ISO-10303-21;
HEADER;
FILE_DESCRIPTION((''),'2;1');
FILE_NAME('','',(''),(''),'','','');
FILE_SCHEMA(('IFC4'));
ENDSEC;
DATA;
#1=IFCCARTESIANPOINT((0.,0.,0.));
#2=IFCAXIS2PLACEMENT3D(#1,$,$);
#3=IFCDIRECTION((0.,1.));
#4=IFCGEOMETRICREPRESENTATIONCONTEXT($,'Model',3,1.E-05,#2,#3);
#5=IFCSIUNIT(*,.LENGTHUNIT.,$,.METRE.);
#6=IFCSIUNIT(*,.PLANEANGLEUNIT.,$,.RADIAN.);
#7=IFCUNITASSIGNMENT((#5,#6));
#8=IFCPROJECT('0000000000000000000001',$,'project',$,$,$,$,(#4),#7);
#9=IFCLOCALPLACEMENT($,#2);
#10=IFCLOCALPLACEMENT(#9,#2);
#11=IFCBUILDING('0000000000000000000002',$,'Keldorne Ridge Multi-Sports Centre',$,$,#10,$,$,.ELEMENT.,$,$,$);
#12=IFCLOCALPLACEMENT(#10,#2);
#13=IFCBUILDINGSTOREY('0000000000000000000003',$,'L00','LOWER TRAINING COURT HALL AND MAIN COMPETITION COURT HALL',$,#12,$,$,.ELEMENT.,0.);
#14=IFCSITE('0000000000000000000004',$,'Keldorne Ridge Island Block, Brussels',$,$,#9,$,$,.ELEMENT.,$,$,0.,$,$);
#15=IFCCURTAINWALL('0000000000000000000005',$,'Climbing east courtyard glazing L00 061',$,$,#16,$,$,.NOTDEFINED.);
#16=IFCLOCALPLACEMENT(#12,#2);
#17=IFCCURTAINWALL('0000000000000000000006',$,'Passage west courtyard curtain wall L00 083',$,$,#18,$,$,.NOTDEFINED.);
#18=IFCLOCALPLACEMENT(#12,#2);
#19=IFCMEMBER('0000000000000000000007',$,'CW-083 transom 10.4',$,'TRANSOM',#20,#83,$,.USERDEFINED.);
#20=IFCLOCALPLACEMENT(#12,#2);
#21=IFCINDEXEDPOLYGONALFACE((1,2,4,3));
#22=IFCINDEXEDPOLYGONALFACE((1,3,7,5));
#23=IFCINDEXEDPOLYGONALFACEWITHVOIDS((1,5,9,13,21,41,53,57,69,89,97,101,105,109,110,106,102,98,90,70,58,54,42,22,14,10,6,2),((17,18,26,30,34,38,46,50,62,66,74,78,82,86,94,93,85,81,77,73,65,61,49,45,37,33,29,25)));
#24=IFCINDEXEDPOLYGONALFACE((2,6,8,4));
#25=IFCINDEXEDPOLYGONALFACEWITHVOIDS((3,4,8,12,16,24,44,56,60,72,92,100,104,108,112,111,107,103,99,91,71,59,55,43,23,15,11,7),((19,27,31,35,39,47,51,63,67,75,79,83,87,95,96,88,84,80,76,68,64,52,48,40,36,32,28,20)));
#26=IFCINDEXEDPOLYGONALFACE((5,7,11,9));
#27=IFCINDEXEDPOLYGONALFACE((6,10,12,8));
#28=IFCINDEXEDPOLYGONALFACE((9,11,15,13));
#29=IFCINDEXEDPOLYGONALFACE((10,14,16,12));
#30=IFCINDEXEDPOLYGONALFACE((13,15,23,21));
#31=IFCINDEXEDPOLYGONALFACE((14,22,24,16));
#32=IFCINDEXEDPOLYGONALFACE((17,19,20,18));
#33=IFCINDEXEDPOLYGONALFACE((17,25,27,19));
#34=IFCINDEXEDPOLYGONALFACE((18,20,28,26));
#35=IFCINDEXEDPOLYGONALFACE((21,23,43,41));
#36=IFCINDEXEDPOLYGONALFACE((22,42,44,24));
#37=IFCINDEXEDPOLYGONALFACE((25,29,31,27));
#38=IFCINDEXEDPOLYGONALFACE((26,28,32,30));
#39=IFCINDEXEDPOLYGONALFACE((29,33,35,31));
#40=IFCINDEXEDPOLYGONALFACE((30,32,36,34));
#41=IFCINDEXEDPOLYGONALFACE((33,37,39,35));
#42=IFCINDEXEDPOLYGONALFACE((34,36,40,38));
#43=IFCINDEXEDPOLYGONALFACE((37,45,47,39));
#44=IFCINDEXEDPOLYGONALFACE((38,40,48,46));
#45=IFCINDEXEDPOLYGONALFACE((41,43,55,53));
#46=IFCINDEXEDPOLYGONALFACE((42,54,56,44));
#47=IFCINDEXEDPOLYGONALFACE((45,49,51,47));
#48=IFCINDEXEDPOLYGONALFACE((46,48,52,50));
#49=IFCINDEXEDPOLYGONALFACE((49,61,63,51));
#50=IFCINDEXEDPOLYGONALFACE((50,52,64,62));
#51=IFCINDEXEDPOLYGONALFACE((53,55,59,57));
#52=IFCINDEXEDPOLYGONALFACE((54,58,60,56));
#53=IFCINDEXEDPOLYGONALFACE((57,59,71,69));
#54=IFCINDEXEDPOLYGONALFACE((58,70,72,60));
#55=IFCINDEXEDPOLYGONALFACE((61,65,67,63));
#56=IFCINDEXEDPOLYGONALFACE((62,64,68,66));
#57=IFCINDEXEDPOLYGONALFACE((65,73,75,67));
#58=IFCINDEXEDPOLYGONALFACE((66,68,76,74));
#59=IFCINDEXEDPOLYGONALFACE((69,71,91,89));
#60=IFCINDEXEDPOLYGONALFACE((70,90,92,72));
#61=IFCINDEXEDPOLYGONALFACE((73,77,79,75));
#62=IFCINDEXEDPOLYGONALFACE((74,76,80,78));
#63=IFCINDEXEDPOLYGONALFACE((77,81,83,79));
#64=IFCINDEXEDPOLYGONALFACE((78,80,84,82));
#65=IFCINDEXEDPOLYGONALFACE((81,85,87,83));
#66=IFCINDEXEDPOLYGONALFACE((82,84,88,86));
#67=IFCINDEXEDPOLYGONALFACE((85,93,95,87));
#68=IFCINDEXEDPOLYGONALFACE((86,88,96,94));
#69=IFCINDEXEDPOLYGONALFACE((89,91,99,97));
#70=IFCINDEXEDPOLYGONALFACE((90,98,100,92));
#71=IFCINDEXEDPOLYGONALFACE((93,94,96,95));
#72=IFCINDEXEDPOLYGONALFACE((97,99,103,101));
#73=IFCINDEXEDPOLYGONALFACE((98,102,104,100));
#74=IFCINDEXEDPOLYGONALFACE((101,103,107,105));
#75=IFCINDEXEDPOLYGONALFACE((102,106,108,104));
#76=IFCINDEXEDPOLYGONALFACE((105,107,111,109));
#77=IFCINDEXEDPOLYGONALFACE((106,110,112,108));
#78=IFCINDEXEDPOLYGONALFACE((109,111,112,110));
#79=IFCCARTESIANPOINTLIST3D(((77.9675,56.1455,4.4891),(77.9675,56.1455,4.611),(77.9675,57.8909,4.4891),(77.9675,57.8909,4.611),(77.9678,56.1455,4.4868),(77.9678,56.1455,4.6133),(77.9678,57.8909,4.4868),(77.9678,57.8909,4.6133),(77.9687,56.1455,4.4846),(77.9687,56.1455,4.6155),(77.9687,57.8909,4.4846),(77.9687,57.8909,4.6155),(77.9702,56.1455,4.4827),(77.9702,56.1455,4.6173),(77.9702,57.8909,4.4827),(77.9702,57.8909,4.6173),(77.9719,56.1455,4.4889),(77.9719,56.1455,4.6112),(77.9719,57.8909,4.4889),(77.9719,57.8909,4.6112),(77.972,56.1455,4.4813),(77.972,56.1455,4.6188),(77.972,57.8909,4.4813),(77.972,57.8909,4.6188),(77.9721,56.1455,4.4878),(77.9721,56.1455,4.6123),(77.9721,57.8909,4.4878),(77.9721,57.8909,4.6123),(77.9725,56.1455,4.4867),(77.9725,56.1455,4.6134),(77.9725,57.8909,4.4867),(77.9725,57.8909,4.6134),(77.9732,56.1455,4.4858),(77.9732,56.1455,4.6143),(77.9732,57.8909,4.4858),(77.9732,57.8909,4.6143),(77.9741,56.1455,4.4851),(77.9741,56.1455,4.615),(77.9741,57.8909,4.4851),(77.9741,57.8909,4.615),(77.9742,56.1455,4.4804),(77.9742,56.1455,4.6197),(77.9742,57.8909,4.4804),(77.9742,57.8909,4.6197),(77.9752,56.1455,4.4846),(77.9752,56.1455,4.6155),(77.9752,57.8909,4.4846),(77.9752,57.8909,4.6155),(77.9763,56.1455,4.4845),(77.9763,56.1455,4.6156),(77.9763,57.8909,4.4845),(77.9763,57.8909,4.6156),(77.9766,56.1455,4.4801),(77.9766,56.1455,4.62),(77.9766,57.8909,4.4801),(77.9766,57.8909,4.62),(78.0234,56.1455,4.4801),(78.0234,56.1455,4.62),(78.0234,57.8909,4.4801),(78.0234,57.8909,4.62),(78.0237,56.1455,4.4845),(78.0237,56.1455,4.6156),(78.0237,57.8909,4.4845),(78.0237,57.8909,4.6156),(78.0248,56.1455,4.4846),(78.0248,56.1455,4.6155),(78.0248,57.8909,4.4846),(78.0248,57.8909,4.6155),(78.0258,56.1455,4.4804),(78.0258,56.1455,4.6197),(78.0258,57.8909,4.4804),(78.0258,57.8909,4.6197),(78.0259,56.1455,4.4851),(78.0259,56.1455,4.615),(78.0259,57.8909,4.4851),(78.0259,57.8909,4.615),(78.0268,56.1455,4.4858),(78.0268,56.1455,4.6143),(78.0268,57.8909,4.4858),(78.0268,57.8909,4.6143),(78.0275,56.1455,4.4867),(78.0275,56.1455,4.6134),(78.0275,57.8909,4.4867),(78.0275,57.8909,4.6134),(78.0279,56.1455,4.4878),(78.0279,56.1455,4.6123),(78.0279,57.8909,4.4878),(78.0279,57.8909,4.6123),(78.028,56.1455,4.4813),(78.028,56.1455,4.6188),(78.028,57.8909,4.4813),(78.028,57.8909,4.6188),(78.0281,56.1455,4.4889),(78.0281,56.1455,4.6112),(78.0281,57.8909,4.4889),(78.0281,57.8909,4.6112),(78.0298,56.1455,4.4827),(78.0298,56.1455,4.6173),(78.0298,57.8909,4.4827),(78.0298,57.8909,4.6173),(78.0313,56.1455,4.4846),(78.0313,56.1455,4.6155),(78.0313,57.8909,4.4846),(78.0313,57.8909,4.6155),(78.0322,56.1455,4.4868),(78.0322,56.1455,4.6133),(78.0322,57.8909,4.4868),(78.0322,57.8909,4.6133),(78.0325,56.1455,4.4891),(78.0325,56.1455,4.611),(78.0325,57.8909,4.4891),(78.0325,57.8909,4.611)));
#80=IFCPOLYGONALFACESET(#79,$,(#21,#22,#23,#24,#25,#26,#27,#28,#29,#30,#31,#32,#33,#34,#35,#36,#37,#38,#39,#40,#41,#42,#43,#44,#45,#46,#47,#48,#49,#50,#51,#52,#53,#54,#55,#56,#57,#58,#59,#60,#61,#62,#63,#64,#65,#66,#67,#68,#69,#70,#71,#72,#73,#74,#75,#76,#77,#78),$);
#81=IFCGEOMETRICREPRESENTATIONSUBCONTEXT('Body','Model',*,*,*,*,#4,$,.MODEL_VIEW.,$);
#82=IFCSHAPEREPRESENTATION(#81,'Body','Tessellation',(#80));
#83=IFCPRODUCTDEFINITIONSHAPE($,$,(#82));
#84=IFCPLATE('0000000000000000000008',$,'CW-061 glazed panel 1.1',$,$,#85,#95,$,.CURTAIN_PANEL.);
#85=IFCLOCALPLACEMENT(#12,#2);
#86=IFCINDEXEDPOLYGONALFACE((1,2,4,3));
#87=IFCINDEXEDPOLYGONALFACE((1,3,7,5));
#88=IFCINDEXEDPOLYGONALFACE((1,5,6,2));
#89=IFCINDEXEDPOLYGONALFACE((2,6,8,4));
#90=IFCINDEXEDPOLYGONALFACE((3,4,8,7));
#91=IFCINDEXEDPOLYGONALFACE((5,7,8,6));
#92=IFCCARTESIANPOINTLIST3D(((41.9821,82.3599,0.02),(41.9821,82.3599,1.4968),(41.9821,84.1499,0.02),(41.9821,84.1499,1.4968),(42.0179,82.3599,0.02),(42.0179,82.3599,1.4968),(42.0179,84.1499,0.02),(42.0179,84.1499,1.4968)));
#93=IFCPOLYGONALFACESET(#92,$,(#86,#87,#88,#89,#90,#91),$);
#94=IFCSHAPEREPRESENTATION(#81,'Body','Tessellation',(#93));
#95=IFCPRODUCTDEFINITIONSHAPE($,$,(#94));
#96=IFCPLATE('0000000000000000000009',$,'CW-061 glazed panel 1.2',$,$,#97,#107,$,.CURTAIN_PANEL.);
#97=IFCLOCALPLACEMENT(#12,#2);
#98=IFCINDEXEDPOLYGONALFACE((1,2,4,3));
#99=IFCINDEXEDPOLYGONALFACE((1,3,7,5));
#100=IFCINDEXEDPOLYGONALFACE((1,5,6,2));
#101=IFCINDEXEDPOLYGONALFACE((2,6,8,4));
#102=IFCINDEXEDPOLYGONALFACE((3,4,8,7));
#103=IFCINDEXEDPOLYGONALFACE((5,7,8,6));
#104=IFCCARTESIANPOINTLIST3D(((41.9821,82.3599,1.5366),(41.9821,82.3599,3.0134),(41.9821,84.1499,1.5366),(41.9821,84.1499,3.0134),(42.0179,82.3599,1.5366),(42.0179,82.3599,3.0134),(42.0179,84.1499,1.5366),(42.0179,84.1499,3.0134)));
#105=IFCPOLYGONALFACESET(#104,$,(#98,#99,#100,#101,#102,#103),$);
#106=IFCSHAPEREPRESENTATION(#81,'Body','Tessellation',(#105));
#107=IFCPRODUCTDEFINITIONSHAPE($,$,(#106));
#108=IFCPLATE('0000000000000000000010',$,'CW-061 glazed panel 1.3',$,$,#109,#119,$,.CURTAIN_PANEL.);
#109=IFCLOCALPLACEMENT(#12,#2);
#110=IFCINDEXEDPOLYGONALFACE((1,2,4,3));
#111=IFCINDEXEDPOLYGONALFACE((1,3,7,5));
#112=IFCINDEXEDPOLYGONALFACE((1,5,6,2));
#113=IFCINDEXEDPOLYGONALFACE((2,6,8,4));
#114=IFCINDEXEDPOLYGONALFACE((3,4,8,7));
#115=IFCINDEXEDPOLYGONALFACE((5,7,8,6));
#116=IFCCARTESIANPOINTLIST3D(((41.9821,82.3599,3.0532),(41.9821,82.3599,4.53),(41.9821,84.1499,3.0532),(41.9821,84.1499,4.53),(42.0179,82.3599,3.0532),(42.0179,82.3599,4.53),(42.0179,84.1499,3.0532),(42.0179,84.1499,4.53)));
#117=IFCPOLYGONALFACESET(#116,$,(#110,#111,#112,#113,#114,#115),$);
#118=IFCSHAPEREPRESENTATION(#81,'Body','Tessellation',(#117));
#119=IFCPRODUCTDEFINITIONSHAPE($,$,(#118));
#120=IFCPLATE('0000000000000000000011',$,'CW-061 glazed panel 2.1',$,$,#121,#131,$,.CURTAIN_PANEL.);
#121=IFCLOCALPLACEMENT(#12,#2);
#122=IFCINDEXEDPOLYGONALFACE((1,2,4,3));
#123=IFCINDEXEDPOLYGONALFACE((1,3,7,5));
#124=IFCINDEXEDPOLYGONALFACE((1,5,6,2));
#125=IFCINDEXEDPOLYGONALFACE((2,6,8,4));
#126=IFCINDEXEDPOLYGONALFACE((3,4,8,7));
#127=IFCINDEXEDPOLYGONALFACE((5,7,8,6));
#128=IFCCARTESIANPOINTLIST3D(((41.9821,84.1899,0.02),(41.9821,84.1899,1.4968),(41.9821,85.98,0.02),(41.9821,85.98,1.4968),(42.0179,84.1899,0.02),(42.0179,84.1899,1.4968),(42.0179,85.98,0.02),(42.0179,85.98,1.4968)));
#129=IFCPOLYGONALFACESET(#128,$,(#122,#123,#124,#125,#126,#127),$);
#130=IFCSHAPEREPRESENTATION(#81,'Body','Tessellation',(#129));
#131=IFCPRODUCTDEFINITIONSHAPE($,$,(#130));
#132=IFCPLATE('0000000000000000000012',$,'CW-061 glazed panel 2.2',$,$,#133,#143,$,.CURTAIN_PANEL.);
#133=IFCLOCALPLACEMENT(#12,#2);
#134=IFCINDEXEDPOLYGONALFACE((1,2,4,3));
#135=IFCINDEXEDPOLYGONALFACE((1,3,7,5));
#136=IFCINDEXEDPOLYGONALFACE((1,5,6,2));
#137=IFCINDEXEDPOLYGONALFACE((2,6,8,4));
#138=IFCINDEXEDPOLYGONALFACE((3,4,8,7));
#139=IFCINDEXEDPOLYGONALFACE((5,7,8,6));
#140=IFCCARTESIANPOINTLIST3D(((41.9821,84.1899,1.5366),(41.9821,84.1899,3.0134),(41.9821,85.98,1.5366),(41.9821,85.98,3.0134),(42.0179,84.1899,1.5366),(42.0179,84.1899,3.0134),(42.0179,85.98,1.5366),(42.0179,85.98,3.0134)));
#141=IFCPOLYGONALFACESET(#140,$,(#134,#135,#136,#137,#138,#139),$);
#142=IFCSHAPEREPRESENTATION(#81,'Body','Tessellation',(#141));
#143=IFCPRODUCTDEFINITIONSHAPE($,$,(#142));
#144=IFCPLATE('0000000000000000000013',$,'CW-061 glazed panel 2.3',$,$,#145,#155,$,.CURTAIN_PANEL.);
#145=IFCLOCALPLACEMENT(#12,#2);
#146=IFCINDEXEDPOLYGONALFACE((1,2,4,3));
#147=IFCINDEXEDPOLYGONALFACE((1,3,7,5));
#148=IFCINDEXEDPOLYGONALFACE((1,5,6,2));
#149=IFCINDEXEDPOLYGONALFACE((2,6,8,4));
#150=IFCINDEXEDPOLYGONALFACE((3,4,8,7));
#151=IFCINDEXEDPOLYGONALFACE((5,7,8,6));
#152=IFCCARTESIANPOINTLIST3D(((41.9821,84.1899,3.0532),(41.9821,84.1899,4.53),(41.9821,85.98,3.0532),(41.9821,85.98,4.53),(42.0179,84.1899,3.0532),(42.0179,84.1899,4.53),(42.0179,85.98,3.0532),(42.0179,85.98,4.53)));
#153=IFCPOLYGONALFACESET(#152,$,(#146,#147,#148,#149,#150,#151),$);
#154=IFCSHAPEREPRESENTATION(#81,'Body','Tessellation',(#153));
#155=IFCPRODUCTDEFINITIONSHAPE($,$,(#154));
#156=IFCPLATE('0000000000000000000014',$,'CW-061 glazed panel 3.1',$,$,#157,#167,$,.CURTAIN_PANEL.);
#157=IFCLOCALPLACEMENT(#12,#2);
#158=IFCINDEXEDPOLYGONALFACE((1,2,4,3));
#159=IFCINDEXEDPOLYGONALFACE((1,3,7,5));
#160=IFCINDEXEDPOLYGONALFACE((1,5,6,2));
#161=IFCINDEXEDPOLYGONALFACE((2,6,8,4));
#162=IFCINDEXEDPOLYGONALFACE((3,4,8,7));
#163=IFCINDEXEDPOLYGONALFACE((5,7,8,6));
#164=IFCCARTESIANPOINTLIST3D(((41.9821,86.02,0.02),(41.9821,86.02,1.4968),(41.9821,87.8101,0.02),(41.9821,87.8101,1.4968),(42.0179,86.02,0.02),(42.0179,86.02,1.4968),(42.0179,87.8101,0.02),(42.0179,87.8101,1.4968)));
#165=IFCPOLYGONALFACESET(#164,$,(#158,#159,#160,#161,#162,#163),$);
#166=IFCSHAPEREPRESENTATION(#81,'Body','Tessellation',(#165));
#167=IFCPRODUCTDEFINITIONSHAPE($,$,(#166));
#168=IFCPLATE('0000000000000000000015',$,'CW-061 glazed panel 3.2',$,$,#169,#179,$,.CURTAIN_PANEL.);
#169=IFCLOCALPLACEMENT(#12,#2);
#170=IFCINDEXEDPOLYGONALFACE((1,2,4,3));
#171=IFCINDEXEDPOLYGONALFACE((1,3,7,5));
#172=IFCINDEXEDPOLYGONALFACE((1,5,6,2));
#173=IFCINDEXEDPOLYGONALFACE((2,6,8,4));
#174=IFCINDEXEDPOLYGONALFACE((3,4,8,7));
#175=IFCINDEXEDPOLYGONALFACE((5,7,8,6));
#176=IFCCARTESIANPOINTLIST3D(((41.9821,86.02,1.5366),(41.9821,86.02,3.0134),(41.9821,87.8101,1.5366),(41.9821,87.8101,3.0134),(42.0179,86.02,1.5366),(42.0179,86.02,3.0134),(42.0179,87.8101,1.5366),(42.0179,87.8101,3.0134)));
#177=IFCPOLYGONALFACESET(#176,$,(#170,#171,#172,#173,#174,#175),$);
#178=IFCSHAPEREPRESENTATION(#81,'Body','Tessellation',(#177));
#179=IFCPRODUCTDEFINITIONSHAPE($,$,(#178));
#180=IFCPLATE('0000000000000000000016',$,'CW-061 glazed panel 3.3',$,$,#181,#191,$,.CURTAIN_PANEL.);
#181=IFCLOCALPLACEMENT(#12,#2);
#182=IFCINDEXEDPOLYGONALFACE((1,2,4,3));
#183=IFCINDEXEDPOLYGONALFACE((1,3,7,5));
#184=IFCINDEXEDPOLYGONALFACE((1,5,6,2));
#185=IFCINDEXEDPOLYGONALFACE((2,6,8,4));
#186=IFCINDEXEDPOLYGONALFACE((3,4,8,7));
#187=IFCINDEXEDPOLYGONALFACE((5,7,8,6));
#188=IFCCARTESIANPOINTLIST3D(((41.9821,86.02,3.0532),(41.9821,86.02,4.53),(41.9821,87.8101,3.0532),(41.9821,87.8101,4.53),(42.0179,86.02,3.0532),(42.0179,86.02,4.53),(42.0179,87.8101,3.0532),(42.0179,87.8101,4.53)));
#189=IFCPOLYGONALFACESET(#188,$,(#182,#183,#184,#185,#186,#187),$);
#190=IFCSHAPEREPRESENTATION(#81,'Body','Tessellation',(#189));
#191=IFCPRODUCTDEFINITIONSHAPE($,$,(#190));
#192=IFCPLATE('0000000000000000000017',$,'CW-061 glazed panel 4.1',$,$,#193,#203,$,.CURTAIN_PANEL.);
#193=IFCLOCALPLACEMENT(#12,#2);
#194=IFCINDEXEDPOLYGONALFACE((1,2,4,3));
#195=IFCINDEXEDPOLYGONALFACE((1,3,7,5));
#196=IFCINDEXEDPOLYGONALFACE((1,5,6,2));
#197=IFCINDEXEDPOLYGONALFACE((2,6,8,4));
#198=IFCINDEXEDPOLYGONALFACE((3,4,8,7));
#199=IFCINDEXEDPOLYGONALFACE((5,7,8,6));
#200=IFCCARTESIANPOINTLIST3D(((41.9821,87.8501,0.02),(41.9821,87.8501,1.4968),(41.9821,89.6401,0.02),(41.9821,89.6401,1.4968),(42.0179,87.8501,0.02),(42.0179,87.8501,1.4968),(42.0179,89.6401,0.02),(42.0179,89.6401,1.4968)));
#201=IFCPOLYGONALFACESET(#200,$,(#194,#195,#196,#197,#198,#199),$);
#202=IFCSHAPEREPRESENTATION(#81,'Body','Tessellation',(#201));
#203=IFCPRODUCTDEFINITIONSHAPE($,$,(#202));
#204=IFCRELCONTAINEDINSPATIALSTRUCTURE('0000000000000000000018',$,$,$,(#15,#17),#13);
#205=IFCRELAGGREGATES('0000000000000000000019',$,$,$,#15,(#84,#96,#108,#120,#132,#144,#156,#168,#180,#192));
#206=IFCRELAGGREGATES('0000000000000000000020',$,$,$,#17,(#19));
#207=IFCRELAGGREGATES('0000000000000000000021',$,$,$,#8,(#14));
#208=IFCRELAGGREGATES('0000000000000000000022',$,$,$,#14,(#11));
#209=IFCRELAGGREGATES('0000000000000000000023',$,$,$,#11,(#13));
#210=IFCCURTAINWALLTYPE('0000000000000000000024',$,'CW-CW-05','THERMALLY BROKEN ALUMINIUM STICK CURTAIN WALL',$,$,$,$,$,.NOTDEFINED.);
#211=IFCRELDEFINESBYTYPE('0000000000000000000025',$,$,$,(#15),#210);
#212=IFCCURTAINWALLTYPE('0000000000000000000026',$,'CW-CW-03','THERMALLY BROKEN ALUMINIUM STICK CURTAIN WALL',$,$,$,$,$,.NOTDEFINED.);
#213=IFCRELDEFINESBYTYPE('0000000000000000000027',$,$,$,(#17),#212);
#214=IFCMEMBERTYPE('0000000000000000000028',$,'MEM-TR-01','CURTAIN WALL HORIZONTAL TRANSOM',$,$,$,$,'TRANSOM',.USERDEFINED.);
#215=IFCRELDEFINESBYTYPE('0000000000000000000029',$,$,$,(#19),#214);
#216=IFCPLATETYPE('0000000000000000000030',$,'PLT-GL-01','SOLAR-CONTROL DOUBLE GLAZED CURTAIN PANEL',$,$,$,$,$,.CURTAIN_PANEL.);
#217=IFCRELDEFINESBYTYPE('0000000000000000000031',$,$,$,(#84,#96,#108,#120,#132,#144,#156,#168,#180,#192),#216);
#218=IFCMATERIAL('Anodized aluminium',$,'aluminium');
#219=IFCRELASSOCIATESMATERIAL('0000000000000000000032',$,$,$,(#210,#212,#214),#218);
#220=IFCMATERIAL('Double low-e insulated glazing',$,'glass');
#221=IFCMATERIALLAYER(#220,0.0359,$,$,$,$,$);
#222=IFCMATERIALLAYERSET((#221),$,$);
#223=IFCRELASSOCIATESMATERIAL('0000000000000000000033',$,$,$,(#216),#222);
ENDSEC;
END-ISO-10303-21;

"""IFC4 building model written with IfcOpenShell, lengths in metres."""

from ifc_helpers import new_model, si_unit, direction, frame, origin, origin_2d, place, context, subcontext, project, spatial, rectangle, hollow_rectangle, extrude, material, layer, layer_set, material_profile, profile_set, type_object, element, aggregate, save


model = new_model("IFC4")

# Units and contexts
model_context = context("Model", 3, precision=1e-05, world=origin(), true_north=direction((0.0, 1.0)))
body_context = subcontext(model_context, "Body", "Model", "MODEL_VIEW")
ifc_project = project(units=[si_unit("LENGTHUNIT", "METRE"), si_unit("PLANEANGLEUNIT", "RADIAN")], contexts=[model_context])

# Site, building, storey
site_placement = place(None, origin())
site = spatial("IfcSite", under=ifc_project, at=site_placement, Name="Keldorne Ridge Island Block, Brussels", CompositionType="ELEMENT", RefElevation=0.0)
building_placement = place(site_placement, origin())
building = spatial("IfcBuilding", under=site, at=building_placement, Name="Keldorne Ridge Multi-Sports Centre", CompositionType="ELEMENT")
storey_placement = place(building_placement, origin())
storey = spatial("IfcBuildingStorey", under=building, at=storey_placement, Name="L00", Description="LOWER TRAINING COURT HALL AND MAIN COMPETITION COURT HALL", CompositionType="ELEMENT", Elevation=0.0)

# Curtain wall
ifc_material_1 = material(Name="Anodized aluminium", Category="aluminium")
curtain_wall_type_1 = type_object("IfcCurtainWallType", Name="CW-CW-05", Description="THERMALLY BROKEN ALUMINIUM STICK CURTAIN WALL", PredefinedType="NOTDEFINED", material=ifc_material_1)
curtain_wall_1_placement = place(storey_placement, origin())
curtain_wall_1 = element("IfcCurtainWall", 1, at=curtain_wall_1_placement, inside=storey, type_object=curtain_wall_type_1, Name="Climbing east courtyard glazing L00 061", PredefinedType="NOTDEFINED")
ifc_material_profile_1 = material_profile(ifc_material_1, hollow_rectangle(XDim=0.0649, YDim=0.1399, WallThickness=0.0044, InnerFilletRadius=0.0044, OuterFilletRadius=0.009, at=origin_2d()), Name="ALU TRANSOM 140x65x4.5")
ifc_profile_set_1 = profile_set([ifc_material_profile_1], Name="Anodized aluminium")
member_type_1 = type_object("IfcMemberType", Name="MEM-TR-01", Description="CURTAIN WALL HORIZONTAL TRANSOM", ElementType="TRANSOM", PredefinedType="USERDEFINED", material=ifc_profile_set_1)

# Curtain wall, member
curtain_wall_type_2 = type_object("IfcCurtainWallType", Name="CW-CW-03", Description="THERMALLY BROKEN ALUMINIUM STICK CURTAIN WALL", PredefinedType="NOTDEFINED", material=ifc_material_1)
curtain_wall_2_placement = place(storey_placement, origin())
curtain_wall_2 = element("IfcCurtainWall", 2, at=curtain_wall_2_placement, inside=storey, type_object=curtain_wall_type_2, Name="Passage west courtyard curtain wall L00 083", PredefinedType="NOTDEFINED")
member_1_placement = place(storey_placement, frame((78.0, 57.8909, 4.55), z_axis=(0.0, -1.0, 0.0), x_axis=(1.0, 0.0, 0.0)))
member_1 = element("IfcMember", 3, at=member_1_placement, type_object=member_type_1, Name="CW-083 transom 10.4", ObjectType="TRANSOM", PredefinedType="USERDEFINED", context=body_context, shape_type="SweptSolid", body=[
    extrude(hollow_rectangle(XDim=0.0649, YDim=0.1399, WallThickness=0.0044, InnerFilletRadius=0.0044, OuterFilletRadius=0.009, at=origin_2d()), origin(), (0.0, 0.0, 1.0), 1.7454),
])

# Plates
ifc_material_2 = material(Name="Double low-e insulated glazing", Category="glass")
ifc_layer = layer(ifc_material_2, 0.0359)
ifc_layer_set = layer_set([ifc_layer])
plate_type = type_object("IfcPlateType", Name="PLT-GL-01", Description="SOLAR-CONTROL DOUBLE GLAZED CURTAIN PANEL", PredefinedType="CURTAIN_PANEL", material=ifc_layer_set)
plate_1_placement = place(storey_placement, frame((42.0, 83.2549, 0.02), z_axis=(0.0, 0.0, 1.0), x_axis=(0.0, 1.0, 0.0)))
plate_1 = element("IfcPlate", 4, at=plate_1_placement, type_object=plate_type, Name="CW-061 glazed panel 1.1", PredefinedType="CURTAIN_PANEL", context=body_context, shape_type="SweptSolid", body=[
    extrude(rectangle(XDim=1.79, YDim=0.0359, at=origin_2d()), origin(), (0.0, 0.0, 1.0), 1.4768),
])
plate_2_placement = place(storey_placement, frame((42.0, 83.2549, 1.5366), z_axis=(0.0, 0.0, 1.0), x_axis=(0.0, 1.0, 0.0)))
plate_2 = element("IfcPlate", 5, at=plate_2_placement, type_object=plate_type, Name="CW-061 glazed panel 1.2", PredefinedType="CURTAIN_PANEL", context=body_context, shape_type="SweptSolid", body=[
    extrude(rectangle(XDim=1.79, YDim=0.0359, at=origin_2d()), origin(), (0.0, 0.0, 1.0), 1.4768),
])
plate_3_placement = place(storey_placement, frame((42.0, 83.2549, 3.0532), z_axis=(0.0, 0.0, 1.0), x_axis=(0.0, 1.0, 0.0)))
plate_3 = element("IfcPlate", 6, at=plate_3_placement, type_object=plate_type, Name="CW-061 glazed panel 1.3", PredefinedType="CURTAIN_PANEL", context=body_context, shape_type="SweptSolid", body=[
    extrude(rectangle(XDim=1.79, YDim=0.0359, at=origin_2d()), origin(), (0.0, 0.0, 1.0), 1.4768),
])
plate_4_placement = place(storey_placement, frame((42.0, 85.085, 0.02), z_axis=(0.0, 0.0, 1.0), x_axis=(0.0, 1.0, 0.0)))
plate_4 = element("IfcPlate", 7, at=plate_4_placement, type_object=plate_type, Name="CW-061 glazed panel 2.1", PredefinedType="CURTAIN_PANEL", context=body_context, shape_type="SweptSolid", body=[
    extrude(rectangle(XDim=1.79, YDim=0.0359, at=origin_2d()), origin(), (0.0, 0.0, 1.0), 1.4768),
])
plate_5_placement = place(storey_placement, frame((42.0, 85.085, 1.5366), z_axis=(0.0, 0.0, 1.0), x_axis=(0.0, 1.0, 0.0)))
plate_5 = element("IfcPlate", 8, at=plate_5_placement, type_object=plate_type, Name="CW-061 glazed panel 2.2", PredefinedType="CURTAIN_PANEL", context=body_context, shape_type="SweptSolid", body=[
    extrude(rectangle(XDim=1.79, YDim=0.0359, at=origin_2d()), origin(), (0.0, 0.0, 1.0), 1.4768),
])
plate_6_placement = place(storey_placement, frame((42.0, 85.085, 3.0532), z_axis=(0.0, 0.0, 1.0), x_axis=(0.0, 1.0, 0.0)))
plate_6 = element("IfcPlate", 9, at=plate_6_placement, type_object=plate_type, Name="CW-061 glazed panel 2.3", PredefinedType="CURTAIN_PANEL", context=body_context, shape_type="SweptSolid", body=[
    extrude(rectangle(XDim=1.79, YDim=0.0359, at=origin_2d()), origin(), (0.0, 0.0, 1.0), 1.4768),
])
plate_7_placement = place(storey_placement, frame((42.0, 86.915, 0.02), z_axis=(0.0, 0.0, 1.0), x_axis=(0.0, 1.0, 0.0)))
plate_7 = element("IfcPlate", 10, at=plate_7_placement, type_object=plate_type, Name="CW-061 glazed panel 3.1", PredefinedType="CURTAIN_PANEL", context=body_context, shape_type="SweptSolid", body=[
    extrude(rectangle(XDim=1.79, YDim=0.0359, at=origin_2d()), origin(), (0.0, 0.0, 1.0), 1.4768),
])
plate_8_placement = place(storey_placement, frame((42.0, 86.915, 1.5366), z_axis=(0.0, 0.0, 1.0), x_axis=(0.0, 1.0, 0.0)))
plate_8 = element("IfcPlate", 11, at=plate_8_placement, type_object=plate_type, Name="CW-061 glazed panel 3.2", PredefinedType="CURTAIN_PANEL", context=body_context, shape_type="SweptSolid", body=[
    extrude(rectangle(XDim=1.79, YDim=0.0359, at=origin_2d()), origin(), (0.0, 0.0, 1.0), 1.4768),
])
plate_9_placement = place(storey_placement, frame((42.0, 86.915, 3.0532), z_axis=(0.0, 0.0, 1.0), x_axis=(0.0, 1.0, 0.0)))
plate_9 = element("IfcPlate", 12, at=plate_9_placement, type_object=plate_type, Name="CW-061 glazed panel 3.3", PredefinedType="CURTAIN_PANEL", context=body_context, shape_type="SweptSolid", body=[
    extrude(rectangle(XDim=1.79, YDim=0.0359, at=origin_2d()), origin(), (0.0, 0.0, 1.0), 1.4768),
])
plate_10_placement = place(storey_placement, frame((42.0, 88.7451, 0.02), z_axis=(0.0, 0.0, 1.0), x_axis=(0.0, 1.0, 0.0)))
plate_10 = element("IfcPlate", 13, at=plate_10_placement, type_object=plate_type, Name="CW-061 glazed panel 4.1", PredefinedType="CURTAIN_PANEL", context=body_context, shape_type="SweptSolid", body=[
    extrude(rectangle(XDim=1.79, YDim=0.0359, at=origin_2d()), origin(), (0.0, 0.0, 1.0), 1.4768),
])
aggregate(curtain_wall_1, [plate_1, plate_2, plate_3, plate_4, plate_5, plate_6, plate_7, plate_8, plate_9, plate_10])
aggregate(curtain_wall_2, [member_1])

save(model, "model.ifc")
